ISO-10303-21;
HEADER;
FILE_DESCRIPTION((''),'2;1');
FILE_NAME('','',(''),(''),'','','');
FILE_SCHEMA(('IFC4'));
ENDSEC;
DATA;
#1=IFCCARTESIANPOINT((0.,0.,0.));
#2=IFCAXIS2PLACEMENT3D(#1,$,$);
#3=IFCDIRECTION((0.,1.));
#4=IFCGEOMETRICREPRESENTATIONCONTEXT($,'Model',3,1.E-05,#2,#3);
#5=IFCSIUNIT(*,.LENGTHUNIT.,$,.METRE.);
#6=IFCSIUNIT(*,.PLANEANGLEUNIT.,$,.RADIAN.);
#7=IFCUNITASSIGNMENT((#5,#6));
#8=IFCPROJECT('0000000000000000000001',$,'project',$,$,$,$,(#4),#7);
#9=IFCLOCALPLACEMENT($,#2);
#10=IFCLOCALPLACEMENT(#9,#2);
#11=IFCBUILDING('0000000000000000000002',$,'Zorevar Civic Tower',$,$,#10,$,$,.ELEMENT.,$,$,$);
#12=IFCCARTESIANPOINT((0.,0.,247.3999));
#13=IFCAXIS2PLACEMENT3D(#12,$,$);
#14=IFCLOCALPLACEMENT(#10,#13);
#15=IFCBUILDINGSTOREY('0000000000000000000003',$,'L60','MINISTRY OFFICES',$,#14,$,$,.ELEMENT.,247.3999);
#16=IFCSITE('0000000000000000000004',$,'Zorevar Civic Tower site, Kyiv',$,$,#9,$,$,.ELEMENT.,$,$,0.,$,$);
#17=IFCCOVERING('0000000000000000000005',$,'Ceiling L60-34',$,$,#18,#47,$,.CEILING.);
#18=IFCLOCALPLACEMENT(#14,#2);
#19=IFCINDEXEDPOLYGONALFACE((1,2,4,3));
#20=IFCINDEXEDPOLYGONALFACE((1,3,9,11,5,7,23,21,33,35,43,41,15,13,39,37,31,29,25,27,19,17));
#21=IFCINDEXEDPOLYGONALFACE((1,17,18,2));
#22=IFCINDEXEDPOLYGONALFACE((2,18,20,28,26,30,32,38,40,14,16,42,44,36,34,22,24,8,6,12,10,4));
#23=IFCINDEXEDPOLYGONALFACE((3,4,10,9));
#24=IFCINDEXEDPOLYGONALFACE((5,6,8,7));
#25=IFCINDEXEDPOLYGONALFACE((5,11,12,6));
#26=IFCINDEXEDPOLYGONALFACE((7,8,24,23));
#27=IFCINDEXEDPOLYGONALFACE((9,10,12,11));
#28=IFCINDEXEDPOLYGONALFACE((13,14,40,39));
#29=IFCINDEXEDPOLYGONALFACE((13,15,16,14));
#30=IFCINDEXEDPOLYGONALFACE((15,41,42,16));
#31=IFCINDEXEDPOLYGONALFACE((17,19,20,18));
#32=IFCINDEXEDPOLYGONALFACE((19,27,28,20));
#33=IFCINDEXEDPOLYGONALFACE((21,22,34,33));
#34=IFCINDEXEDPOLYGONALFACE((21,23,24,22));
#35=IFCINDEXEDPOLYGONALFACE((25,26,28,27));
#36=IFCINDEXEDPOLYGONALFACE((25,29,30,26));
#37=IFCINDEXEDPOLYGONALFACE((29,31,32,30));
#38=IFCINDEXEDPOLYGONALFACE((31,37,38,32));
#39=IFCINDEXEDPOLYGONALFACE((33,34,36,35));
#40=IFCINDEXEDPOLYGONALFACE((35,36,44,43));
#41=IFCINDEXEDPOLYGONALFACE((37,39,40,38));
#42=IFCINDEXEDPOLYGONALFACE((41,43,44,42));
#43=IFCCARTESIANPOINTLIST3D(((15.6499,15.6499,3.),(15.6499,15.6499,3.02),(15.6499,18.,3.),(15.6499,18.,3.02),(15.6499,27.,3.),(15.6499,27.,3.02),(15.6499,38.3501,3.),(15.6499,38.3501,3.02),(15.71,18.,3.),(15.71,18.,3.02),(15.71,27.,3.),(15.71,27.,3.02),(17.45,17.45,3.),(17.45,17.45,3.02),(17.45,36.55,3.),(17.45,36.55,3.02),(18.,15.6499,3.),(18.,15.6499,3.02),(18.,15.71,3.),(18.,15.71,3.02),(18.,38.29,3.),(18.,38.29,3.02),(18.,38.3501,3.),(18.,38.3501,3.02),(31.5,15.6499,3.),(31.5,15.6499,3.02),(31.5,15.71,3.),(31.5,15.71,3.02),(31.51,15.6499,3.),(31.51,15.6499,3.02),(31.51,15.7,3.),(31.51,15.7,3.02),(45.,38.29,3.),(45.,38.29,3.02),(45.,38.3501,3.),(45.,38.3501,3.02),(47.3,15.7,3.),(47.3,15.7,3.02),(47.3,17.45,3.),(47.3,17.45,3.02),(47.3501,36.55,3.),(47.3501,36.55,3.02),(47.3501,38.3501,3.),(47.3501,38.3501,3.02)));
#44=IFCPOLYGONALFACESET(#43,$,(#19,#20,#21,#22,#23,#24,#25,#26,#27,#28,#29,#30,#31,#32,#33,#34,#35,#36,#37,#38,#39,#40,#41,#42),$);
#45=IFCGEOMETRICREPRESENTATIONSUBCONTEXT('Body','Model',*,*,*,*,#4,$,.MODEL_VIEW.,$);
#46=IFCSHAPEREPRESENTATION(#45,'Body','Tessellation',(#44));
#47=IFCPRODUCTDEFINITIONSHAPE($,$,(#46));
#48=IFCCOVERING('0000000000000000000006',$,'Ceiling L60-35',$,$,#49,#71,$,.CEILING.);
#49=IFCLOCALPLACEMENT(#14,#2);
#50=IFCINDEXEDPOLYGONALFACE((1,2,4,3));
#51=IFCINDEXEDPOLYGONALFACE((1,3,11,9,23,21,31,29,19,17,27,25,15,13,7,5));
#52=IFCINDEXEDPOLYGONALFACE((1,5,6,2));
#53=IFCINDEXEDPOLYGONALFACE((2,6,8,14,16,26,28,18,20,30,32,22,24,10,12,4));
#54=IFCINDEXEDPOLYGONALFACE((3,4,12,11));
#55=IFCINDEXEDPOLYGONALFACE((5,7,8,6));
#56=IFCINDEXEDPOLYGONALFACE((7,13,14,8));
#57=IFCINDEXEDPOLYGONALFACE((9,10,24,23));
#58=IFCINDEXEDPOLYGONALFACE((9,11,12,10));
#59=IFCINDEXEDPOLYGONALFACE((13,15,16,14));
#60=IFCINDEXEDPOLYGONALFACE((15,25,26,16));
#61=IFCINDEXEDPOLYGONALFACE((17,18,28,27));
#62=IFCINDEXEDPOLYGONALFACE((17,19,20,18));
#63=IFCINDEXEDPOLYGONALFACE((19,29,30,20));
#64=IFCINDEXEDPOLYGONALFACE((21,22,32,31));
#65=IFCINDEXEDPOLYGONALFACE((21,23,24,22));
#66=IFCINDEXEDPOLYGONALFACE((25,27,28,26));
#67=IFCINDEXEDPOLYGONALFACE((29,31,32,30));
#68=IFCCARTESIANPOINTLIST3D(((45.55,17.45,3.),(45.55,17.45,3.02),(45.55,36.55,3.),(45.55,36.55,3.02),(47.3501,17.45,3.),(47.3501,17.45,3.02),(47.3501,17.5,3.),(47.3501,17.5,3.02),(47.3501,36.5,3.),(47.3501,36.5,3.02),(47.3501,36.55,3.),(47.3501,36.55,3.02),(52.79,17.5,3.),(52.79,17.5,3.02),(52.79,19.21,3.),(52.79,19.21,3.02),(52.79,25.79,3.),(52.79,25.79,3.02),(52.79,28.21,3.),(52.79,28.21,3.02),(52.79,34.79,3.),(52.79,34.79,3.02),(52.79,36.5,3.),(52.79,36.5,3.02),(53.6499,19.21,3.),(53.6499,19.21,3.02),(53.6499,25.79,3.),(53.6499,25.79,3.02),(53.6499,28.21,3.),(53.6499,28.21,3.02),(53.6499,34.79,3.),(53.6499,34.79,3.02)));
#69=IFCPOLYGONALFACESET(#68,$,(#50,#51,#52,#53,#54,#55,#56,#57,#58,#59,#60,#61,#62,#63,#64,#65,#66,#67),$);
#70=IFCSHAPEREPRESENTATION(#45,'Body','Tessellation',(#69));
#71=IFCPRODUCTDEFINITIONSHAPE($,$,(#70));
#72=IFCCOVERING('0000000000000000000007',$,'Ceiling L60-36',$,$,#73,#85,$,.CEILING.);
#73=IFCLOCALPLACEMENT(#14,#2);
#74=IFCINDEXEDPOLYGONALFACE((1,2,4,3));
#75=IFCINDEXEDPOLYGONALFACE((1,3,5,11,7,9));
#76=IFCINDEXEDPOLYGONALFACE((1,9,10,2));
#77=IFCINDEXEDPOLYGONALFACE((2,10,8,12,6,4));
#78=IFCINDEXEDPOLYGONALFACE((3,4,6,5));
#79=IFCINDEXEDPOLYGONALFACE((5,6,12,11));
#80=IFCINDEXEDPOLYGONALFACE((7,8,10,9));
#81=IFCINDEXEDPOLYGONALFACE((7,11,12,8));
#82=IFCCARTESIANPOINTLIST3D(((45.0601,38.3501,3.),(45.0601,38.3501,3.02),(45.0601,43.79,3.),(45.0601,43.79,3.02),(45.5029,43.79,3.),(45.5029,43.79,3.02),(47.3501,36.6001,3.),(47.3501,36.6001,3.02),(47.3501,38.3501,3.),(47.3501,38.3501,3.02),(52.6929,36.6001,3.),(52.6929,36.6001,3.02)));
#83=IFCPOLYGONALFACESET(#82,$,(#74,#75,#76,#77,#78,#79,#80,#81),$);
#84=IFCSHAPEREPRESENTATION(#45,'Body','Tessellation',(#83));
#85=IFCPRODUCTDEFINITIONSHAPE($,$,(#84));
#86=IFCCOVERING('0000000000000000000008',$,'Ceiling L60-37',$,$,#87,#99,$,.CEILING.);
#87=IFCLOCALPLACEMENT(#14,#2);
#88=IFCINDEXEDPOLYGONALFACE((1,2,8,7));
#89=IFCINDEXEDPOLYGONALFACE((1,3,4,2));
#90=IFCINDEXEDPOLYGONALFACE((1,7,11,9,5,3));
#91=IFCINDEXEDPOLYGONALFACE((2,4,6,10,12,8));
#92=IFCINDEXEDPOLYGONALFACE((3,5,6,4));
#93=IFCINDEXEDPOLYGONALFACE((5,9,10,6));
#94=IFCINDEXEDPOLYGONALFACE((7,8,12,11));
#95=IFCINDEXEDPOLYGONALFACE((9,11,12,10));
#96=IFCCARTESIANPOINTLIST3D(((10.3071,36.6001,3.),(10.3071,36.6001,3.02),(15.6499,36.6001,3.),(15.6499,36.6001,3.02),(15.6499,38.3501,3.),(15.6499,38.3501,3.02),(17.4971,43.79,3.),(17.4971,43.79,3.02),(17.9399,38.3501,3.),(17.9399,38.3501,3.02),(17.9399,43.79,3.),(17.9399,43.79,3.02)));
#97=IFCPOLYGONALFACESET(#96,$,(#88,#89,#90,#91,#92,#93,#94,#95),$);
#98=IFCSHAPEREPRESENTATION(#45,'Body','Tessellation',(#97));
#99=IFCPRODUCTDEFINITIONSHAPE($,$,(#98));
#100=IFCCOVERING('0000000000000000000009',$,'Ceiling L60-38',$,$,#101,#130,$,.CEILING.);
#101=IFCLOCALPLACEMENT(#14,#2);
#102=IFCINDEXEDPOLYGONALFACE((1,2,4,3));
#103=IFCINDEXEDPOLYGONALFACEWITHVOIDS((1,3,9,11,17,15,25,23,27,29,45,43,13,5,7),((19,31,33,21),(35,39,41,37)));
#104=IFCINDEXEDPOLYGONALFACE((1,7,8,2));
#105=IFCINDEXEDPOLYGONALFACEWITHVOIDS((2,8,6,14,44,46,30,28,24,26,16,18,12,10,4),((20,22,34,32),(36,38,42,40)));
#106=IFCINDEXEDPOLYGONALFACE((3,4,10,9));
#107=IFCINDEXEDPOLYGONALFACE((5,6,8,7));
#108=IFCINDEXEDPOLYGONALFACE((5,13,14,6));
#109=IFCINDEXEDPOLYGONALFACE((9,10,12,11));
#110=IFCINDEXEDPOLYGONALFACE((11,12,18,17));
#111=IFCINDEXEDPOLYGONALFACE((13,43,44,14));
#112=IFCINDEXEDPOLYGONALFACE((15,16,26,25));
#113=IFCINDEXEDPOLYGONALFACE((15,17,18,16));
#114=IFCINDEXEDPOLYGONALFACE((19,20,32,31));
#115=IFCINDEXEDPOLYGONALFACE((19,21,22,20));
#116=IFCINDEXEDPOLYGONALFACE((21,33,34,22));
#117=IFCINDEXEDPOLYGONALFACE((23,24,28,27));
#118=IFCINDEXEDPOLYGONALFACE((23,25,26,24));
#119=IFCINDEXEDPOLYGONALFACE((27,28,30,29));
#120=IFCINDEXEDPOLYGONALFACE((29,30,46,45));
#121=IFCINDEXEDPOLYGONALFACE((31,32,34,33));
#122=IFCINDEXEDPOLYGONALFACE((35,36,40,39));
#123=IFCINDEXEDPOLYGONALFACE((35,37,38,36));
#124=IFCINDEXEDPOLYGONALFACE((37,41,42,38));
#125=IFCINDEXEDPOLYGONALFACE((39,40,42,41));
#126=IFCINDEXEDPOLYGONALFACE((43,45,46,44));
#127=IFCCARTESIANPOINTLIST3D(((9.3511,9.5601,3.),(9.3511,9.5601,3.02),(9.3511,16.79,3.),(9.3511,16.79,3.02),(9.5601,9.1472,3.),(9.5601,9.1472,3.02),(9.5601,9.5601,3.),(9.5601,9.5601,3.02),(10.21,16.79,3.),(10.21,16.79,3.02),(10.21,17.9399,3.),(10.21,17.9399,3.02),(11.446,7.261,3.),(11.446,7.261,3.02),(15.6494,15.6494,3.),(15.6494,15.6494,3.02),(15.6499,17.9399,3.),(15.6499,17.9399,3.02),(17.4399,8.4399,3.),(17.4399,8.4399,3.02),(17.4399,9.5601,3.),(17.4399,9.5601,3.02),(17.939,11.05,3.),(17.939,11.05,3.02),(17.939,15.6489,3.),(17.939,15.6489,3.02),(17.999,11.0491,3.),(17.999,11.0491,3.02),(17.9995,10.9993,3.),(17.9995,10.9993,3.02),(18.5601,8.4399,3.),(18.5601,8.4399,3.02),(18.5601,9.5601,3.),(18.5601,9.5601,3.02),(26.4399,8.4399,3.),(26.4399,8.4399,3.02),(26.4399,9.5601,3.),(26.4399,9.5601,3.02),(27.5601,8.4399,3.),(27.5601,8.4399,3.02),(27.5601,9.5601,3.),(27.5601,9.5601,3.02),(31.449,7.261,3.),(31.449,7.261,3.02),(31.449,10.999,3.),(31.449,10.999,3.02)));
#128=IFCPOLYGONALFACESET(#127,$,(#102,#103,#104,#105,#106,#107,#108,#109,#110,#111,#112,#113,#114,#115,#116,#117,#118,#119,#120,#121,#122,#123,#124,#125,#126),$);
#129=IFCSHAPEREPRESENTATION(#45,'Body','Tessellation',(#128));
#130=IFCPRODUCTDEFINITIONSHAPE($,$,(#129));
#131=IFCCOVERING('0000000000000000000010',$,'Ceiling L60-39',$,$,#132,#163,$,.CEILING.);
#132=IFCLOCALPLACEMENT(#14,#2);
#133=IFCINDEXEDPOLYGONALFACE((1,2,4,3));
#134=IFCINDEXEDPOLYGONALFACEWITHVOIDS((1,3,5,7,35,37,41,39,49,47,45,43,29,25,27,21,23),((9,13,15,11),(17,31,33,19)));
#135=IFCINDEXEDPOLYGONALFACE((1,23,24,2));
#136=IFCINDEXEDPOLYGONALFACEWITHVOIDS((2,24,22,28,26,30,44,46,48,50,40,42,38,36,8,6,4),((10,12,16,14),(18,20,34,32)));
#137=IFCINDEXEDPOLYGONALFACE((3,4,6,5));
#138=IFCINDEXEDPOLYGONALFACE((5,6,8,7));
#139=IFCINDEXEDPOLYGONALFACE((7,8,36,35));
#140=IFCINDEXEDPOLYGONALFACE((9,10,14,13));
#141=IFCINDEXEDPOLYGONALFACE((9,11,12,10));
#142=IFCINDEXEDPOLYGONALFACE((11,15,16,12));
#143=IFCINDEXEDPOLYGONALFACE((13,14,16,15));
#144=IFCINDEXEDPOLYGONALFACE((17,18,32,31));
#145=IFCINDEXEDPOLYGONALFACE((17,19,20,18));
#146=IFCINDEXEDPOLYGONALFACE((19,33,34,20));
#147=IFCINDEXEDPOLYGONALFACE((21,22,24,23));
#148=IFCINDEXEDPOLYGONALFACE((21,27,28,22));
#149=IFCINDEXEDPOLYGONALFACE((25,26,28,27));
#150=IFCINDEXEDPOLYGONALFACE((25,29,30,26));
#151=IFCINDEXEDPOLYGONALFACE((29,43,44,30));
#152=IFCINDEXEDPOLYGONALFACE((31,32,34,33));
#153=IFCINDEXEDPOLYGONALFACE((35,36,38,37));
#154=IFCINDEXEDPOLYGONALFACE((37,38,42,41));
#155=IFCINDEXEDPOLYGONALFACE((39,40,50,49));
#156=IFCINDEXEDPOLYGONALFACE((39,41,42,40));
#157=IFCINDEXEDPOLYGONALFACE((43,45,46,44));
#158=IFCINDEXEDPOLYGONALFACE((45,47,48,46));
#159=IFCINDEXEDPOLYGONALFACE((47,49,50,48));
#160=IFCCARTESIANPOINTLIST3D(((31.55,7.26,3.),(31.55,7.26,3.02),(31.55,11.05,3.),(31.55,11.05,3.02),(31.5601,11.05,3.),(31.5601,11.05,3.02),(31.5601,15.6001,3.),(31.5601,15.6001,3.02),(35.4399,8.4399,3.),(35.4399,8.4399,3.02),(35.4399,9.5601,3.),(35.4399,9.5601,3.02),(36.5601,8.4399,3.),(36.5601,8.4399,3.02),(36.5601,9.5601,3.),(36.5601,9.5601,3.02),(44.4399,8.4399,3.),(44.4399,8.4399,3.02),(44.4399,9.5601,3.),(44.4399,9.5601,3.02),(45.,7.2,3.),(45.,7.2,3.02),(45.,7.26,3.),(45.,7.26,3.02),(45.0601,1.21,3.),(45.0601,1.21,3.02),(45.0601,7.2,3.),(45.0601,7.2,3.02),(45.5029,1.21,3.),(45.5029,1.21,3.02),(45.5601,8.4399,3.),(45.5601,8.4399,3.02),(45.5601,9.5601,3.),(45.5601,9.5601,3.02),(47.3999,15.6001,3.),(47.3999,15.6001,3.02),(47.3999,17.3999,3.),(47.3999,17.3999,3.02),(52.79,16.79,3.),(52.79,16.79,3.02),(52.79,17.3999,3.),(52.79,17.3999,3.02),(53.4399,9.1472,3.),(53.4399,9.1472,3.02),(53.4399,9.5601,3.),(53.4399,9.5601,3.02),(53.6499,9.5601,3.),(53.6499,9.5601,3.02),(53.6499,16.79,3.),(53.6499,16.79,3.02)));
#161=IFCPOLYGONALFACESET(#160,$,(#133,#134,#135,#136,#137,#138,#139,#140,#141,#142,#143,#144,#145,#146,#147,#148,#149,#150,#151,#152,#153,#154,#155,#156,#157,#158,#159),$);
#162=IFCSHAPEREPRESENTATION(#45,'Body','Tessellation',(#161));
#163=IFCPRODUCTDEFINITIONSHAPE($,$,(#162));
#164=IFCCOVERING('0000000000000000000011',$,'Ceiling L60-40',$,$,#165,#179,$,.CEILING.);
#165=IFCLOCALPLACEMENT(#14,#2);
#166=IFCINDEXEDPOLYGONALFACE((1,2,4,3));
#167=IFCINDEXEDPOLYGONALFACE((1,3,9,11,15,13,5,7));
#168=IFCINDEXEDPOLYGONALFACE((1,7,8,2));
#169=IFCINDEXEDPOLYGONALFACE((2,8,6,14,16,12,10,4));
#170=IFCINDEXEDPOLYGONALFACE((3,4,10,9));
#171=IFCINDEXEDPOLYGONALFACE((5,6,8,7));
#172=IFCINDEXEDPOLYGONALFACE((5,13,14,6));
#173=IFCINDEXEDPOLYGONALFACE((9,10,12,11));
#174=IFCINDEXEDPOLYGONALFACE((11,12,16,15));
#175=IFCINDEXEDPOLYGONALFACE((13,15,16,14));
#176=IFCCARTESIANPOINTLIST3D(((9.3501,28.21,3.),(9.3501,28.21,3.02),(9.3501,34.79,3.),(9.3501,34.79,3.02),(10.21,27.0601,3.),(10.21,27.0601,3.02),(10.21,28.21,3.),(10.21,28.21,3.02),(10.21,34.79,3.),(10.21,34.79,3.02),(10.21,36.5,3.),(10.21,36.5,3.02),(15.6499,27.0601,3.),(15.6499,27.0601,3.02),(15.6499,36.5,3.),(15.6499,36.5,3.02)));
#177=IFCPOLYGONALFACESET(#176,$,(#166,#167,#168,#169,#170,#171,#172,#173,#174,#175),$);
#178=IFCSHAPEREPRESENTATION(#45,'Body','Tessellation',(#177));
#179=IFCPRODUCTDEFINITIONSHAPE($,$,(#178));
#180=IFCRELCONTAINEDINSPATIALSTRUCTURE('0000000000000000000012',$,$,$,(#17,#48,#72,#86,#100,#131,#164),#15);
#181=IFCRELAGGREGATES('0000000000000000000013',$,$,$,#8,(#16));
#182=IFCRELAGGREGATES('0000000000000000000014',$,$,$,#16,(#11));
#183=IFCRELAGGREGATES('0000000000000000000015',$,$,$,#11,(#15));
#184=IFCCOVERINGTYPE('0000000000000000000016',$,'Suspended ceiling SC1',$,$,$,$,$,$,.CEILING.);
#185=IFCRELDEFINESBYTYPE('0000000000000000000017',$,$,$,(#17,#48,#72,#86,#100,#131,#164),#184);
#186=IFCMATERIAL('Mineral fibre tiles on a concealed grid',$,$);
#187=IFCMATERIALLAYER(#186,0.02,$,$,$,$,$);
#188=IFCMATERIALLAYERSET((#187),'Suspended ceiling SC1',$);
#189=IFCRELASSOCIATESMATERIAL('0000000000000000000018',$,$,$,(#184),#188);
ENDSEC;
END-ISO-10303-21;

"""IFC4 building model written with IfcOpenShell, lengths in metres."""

from ifc_helpers import new_model, si_unit, direction, frame, origin, place, context, subcontext, project, spatial, polyline, outline, extrude, material, layer, layer_set, type_object, element, save


model = new_model("IFC4")

# Units and contexts
model_context = context("Model", 3, precision=1e-05, world=origin(), true_north=direction((0.0, 1.0)))
body_context = subcontext(model_context, "Body", "Model", "MODEL_VIEW")
ifc_project = project(units=[si_unit("LENGTHUNIT", "METRE"), si_unit("PLANEANGLEUNIT", "RADIAN")], contexts=[model_context])

# Site, building, storey
site_placement = place(None, origin())
site = spatial("IfcSite", under=ifc_project, at=site_placement, Name="Zorevar Civic Tower site, Kyiv", CompositionType="ELEMENT", RefElevation=0.0)
building_placement = place(site_placement, origin())
building = spatial("IfcBuilding", under=site, at=building_placement, Name="Zorevar Civic Tower", CompositionType="ELEMENT")
storey_placement = place(building_placement, frame((0.0, 0.0, 247.3999)))
storey = spatial("IfcBuildingStorey", under=building, at=storey_placement, Name="L60", Description="MINISTRY OFFICES", CompositionType="ELEMENT", Elevation=247.3999)

# Coverings
ifc_material_1 = material(Name="Mineral fibre tiles on a concealed grid")
ifc_layer_1 = layer(ifc_material_1, 0.02)
ifc_layer_set_1 = layer_set([ifc_layer_1], Name="Suspended ceiling SC1")
covering_type_1 = type_object("IfcCoveringType", Name="Suspended ceiling SC1", PredefinedType="CEILING", material=ifc_layer_set_1)
covering_1_placement = place(storey_placement, frame((0.0, 0.0, 3.0)))
element("IfcCovering", 1, at=covering_1_placement, inside=storey, type_object=covering_type_1, Name="Ceiling L60-34", PredefinedType="CEILING", context=body_context, shape_type="SweptSolid", body=[
    extrude(outline(polyline([(15.6499, 15.6499), (15.6499, 18.0), (15.71, 18.0), (15.71, 27.0), (15.6499, 27.0), (15.6499, 38.3501), (18.0, 38.3501), (18.0, 38.29), (45.0, 38.29), (45.0, 38.3501), (47.3501, 38.3501), (47.3501, 36.55), (17.45, 36.55), (17.45, 17.45), (47.3, 17.45), (47.3, 15.7), (31.51, 15.7), (31.51, 15.6499), (31.5, 15.6499), (31.5, 15.71), (18.0, 15.71), (18.0, 15.6499), (15.6499, 15.6499)])), origin(), (0.0, 0.0, 1.0), 0.02),
])
covering_2_placement = place(storey_placement, frame((0.0, 0.0, 3.0)))
element("IfcCovering", 2, at=covering_2_placement, inside=storey, type_object=covering_type_1, Name="Ceiling L60-35", PredefinedType="CEILING", context=body_context, shape_type="SweptSolid", body=[
    extrude(outline(polyline([(52.79, 19.21), (52.79, 17.5), (47.3501, 17.5), (47.3501, 17.45), (45.55, 17.45), (45.55, 36.55), (47.3501, 36.55), (47.3501, 36.5), (52.79, 36.5), (52.79, 34.79), (53.6499, 34.79), (53.6499, 28.21), (52.79, 28.21), (52.79, 25.79), (53.6499, 25.79), (53.6499, 19.21), (52.79, 19.21)])), origin(), (0.0, 0.0, 1.0), 0.02),
])
covering_3_placement = place(storey_placement, frame((0.0, 0.0, 3.0)))
element("IfcCovering", 3, at=covering_3_placement, inside=storey, type_object=covering_type_1, Name="Ceiling L60-36", PredefinedType="CEILING", context=body_context, shape_type="SweptSolid", body=[
    extrude(outline(polyline([(47.3501, 36.6001), (47.3501, 38.3501), (45.0601, 38.3501), (45.0601, 43.79), (45.5029, 43.79), (52.6929, 36.6001), (47.3501, 36.6001)])), origin(), (0.0, 0.0, 1.0), 0.02),
])
covering_4_placement = place(storey_placement, frame((0.0, 0.0, 3.0)))
element("IfcCovering", 4, at=covering_4_placement, inside=storey, type_object=covering_type_1, Name="Ceiling L60-37", PredefinedType="CEILING", context=body_context, shape_type="SweptSolid", body=[
    extrude(outline(polyline([(17.9399, 43.79), (17.9399, 38.3501), (15.6499, 38.3501), (15.6499, 36.6001), (10.3071, 36.6001), (17.4971, 43.79), (17.9399, 43.79)])), origin(), (0.0, 0.0, 1.0), 0.02),
])
covering_5_placement = place(storey_placement, frame((0.0, 0.0, 3.0)))
element("IfcCovering", 5, at=covering_5_placement, inside=storey, type_object=covering_type_1, Name="Ceiling L60-38", PredefinedType="CEILING", context=body_context, shape_type="SweptSolid", body=[
    extrude(outline(polyline([(17.9995, 10.9993), (31.449, 10.999), (31.449, 7.261), (11.446, 7.261), (9.5601, 9.1472), (9.5601, 9.5601), (9.3511, 9.5601), (9.3511, 16.79), (10.21, 16.79), (10.21, 17.9399), (15.6499, 17.9399), (15.6494, 15.6494), (17.939, 15.6489), (17.939, 11.05), (17.999, 11.0491), (17.9995, 10.9993)]), holes=[polyline([(17.4399, 8.4399), (18.5601, 8.4399), (18.5601, 9.5601), (17.4399, 9.5601), (17.4399, 8.4399)]), polyline([(26.4399, 9.5601), (26.4399, 8.4399), (27.5601, 8.4399), (27.5601, 9.5601), (26.4399, 9.5601)])]), origin(), (0.0, 0.0, 1.0), 0.02),
])
covering_6_placement = place(storey_placement, frame((0.0, 0.0, 3.0)))
element("IfcCovering", 6, at=covering_6_placement, inside=storey, type_object=covering_type_1, Name="Ceiling L60-39", PredefinedType="CEILING", context=body_context, shape_type="SweptSolid", body=[
    extrude(outline(polyline([(45.0601, 1.21), (45.0601, 7.2), (45.0, 7.2), (45.0, 7.26), (31.55, 7.26), (31.55, 11.05), (31.5601, 11.05), (31.5601, 15.6001), (47.3999, 15.6001), (47.3999, 17.3999), (52.79, 17.3999), (52.79, 16.79), (53.6499, 16.79), (53.6499, 9.5601), (53.4399, 9.5601), (53.4399, 9.1472), (45.5029, 1.21), (45.0601, 1.21)]), holes=[polyline([(35.4399, 9.5601), (35.4399, 8.4399), (36.5601, 8.4399), (36.5601, 9.5601), (35.4399, 9.5601)]), polyline([(45.5601, 8.4399), (45.5601, 9.5601), (44.4399, 9.5601), (44.4399, 8.4399), (45.5601, 8.4399)])]), origin(), (0.0, 0.0, 1.0), 0.02),
])
covering_7_placement = place(storey_placement, frame((0.0, 0.0, 3.0)))
element("IfcCovering", 7, at=covering_7_placement, inside=storey, type_object=covering_type_1, Name="Ceiling L60-40", PredefinedType="CEILING", context=body_context, shape_type="SweptSolid", body=[
    extrude(outline(polyline([(10.21, 27.0601), (10.21, 28.21), (9.3501, 28.21), (9.3501, 34.79), (10.21, 34.79), (10.21, 36.5), (15.6499, 36.5), (15.6499, 27.0601), (10.21, 27.0601)])), origin(), (0.0, 0.0, 1.0), 0.02),
])

save(model, "model.ifc")
